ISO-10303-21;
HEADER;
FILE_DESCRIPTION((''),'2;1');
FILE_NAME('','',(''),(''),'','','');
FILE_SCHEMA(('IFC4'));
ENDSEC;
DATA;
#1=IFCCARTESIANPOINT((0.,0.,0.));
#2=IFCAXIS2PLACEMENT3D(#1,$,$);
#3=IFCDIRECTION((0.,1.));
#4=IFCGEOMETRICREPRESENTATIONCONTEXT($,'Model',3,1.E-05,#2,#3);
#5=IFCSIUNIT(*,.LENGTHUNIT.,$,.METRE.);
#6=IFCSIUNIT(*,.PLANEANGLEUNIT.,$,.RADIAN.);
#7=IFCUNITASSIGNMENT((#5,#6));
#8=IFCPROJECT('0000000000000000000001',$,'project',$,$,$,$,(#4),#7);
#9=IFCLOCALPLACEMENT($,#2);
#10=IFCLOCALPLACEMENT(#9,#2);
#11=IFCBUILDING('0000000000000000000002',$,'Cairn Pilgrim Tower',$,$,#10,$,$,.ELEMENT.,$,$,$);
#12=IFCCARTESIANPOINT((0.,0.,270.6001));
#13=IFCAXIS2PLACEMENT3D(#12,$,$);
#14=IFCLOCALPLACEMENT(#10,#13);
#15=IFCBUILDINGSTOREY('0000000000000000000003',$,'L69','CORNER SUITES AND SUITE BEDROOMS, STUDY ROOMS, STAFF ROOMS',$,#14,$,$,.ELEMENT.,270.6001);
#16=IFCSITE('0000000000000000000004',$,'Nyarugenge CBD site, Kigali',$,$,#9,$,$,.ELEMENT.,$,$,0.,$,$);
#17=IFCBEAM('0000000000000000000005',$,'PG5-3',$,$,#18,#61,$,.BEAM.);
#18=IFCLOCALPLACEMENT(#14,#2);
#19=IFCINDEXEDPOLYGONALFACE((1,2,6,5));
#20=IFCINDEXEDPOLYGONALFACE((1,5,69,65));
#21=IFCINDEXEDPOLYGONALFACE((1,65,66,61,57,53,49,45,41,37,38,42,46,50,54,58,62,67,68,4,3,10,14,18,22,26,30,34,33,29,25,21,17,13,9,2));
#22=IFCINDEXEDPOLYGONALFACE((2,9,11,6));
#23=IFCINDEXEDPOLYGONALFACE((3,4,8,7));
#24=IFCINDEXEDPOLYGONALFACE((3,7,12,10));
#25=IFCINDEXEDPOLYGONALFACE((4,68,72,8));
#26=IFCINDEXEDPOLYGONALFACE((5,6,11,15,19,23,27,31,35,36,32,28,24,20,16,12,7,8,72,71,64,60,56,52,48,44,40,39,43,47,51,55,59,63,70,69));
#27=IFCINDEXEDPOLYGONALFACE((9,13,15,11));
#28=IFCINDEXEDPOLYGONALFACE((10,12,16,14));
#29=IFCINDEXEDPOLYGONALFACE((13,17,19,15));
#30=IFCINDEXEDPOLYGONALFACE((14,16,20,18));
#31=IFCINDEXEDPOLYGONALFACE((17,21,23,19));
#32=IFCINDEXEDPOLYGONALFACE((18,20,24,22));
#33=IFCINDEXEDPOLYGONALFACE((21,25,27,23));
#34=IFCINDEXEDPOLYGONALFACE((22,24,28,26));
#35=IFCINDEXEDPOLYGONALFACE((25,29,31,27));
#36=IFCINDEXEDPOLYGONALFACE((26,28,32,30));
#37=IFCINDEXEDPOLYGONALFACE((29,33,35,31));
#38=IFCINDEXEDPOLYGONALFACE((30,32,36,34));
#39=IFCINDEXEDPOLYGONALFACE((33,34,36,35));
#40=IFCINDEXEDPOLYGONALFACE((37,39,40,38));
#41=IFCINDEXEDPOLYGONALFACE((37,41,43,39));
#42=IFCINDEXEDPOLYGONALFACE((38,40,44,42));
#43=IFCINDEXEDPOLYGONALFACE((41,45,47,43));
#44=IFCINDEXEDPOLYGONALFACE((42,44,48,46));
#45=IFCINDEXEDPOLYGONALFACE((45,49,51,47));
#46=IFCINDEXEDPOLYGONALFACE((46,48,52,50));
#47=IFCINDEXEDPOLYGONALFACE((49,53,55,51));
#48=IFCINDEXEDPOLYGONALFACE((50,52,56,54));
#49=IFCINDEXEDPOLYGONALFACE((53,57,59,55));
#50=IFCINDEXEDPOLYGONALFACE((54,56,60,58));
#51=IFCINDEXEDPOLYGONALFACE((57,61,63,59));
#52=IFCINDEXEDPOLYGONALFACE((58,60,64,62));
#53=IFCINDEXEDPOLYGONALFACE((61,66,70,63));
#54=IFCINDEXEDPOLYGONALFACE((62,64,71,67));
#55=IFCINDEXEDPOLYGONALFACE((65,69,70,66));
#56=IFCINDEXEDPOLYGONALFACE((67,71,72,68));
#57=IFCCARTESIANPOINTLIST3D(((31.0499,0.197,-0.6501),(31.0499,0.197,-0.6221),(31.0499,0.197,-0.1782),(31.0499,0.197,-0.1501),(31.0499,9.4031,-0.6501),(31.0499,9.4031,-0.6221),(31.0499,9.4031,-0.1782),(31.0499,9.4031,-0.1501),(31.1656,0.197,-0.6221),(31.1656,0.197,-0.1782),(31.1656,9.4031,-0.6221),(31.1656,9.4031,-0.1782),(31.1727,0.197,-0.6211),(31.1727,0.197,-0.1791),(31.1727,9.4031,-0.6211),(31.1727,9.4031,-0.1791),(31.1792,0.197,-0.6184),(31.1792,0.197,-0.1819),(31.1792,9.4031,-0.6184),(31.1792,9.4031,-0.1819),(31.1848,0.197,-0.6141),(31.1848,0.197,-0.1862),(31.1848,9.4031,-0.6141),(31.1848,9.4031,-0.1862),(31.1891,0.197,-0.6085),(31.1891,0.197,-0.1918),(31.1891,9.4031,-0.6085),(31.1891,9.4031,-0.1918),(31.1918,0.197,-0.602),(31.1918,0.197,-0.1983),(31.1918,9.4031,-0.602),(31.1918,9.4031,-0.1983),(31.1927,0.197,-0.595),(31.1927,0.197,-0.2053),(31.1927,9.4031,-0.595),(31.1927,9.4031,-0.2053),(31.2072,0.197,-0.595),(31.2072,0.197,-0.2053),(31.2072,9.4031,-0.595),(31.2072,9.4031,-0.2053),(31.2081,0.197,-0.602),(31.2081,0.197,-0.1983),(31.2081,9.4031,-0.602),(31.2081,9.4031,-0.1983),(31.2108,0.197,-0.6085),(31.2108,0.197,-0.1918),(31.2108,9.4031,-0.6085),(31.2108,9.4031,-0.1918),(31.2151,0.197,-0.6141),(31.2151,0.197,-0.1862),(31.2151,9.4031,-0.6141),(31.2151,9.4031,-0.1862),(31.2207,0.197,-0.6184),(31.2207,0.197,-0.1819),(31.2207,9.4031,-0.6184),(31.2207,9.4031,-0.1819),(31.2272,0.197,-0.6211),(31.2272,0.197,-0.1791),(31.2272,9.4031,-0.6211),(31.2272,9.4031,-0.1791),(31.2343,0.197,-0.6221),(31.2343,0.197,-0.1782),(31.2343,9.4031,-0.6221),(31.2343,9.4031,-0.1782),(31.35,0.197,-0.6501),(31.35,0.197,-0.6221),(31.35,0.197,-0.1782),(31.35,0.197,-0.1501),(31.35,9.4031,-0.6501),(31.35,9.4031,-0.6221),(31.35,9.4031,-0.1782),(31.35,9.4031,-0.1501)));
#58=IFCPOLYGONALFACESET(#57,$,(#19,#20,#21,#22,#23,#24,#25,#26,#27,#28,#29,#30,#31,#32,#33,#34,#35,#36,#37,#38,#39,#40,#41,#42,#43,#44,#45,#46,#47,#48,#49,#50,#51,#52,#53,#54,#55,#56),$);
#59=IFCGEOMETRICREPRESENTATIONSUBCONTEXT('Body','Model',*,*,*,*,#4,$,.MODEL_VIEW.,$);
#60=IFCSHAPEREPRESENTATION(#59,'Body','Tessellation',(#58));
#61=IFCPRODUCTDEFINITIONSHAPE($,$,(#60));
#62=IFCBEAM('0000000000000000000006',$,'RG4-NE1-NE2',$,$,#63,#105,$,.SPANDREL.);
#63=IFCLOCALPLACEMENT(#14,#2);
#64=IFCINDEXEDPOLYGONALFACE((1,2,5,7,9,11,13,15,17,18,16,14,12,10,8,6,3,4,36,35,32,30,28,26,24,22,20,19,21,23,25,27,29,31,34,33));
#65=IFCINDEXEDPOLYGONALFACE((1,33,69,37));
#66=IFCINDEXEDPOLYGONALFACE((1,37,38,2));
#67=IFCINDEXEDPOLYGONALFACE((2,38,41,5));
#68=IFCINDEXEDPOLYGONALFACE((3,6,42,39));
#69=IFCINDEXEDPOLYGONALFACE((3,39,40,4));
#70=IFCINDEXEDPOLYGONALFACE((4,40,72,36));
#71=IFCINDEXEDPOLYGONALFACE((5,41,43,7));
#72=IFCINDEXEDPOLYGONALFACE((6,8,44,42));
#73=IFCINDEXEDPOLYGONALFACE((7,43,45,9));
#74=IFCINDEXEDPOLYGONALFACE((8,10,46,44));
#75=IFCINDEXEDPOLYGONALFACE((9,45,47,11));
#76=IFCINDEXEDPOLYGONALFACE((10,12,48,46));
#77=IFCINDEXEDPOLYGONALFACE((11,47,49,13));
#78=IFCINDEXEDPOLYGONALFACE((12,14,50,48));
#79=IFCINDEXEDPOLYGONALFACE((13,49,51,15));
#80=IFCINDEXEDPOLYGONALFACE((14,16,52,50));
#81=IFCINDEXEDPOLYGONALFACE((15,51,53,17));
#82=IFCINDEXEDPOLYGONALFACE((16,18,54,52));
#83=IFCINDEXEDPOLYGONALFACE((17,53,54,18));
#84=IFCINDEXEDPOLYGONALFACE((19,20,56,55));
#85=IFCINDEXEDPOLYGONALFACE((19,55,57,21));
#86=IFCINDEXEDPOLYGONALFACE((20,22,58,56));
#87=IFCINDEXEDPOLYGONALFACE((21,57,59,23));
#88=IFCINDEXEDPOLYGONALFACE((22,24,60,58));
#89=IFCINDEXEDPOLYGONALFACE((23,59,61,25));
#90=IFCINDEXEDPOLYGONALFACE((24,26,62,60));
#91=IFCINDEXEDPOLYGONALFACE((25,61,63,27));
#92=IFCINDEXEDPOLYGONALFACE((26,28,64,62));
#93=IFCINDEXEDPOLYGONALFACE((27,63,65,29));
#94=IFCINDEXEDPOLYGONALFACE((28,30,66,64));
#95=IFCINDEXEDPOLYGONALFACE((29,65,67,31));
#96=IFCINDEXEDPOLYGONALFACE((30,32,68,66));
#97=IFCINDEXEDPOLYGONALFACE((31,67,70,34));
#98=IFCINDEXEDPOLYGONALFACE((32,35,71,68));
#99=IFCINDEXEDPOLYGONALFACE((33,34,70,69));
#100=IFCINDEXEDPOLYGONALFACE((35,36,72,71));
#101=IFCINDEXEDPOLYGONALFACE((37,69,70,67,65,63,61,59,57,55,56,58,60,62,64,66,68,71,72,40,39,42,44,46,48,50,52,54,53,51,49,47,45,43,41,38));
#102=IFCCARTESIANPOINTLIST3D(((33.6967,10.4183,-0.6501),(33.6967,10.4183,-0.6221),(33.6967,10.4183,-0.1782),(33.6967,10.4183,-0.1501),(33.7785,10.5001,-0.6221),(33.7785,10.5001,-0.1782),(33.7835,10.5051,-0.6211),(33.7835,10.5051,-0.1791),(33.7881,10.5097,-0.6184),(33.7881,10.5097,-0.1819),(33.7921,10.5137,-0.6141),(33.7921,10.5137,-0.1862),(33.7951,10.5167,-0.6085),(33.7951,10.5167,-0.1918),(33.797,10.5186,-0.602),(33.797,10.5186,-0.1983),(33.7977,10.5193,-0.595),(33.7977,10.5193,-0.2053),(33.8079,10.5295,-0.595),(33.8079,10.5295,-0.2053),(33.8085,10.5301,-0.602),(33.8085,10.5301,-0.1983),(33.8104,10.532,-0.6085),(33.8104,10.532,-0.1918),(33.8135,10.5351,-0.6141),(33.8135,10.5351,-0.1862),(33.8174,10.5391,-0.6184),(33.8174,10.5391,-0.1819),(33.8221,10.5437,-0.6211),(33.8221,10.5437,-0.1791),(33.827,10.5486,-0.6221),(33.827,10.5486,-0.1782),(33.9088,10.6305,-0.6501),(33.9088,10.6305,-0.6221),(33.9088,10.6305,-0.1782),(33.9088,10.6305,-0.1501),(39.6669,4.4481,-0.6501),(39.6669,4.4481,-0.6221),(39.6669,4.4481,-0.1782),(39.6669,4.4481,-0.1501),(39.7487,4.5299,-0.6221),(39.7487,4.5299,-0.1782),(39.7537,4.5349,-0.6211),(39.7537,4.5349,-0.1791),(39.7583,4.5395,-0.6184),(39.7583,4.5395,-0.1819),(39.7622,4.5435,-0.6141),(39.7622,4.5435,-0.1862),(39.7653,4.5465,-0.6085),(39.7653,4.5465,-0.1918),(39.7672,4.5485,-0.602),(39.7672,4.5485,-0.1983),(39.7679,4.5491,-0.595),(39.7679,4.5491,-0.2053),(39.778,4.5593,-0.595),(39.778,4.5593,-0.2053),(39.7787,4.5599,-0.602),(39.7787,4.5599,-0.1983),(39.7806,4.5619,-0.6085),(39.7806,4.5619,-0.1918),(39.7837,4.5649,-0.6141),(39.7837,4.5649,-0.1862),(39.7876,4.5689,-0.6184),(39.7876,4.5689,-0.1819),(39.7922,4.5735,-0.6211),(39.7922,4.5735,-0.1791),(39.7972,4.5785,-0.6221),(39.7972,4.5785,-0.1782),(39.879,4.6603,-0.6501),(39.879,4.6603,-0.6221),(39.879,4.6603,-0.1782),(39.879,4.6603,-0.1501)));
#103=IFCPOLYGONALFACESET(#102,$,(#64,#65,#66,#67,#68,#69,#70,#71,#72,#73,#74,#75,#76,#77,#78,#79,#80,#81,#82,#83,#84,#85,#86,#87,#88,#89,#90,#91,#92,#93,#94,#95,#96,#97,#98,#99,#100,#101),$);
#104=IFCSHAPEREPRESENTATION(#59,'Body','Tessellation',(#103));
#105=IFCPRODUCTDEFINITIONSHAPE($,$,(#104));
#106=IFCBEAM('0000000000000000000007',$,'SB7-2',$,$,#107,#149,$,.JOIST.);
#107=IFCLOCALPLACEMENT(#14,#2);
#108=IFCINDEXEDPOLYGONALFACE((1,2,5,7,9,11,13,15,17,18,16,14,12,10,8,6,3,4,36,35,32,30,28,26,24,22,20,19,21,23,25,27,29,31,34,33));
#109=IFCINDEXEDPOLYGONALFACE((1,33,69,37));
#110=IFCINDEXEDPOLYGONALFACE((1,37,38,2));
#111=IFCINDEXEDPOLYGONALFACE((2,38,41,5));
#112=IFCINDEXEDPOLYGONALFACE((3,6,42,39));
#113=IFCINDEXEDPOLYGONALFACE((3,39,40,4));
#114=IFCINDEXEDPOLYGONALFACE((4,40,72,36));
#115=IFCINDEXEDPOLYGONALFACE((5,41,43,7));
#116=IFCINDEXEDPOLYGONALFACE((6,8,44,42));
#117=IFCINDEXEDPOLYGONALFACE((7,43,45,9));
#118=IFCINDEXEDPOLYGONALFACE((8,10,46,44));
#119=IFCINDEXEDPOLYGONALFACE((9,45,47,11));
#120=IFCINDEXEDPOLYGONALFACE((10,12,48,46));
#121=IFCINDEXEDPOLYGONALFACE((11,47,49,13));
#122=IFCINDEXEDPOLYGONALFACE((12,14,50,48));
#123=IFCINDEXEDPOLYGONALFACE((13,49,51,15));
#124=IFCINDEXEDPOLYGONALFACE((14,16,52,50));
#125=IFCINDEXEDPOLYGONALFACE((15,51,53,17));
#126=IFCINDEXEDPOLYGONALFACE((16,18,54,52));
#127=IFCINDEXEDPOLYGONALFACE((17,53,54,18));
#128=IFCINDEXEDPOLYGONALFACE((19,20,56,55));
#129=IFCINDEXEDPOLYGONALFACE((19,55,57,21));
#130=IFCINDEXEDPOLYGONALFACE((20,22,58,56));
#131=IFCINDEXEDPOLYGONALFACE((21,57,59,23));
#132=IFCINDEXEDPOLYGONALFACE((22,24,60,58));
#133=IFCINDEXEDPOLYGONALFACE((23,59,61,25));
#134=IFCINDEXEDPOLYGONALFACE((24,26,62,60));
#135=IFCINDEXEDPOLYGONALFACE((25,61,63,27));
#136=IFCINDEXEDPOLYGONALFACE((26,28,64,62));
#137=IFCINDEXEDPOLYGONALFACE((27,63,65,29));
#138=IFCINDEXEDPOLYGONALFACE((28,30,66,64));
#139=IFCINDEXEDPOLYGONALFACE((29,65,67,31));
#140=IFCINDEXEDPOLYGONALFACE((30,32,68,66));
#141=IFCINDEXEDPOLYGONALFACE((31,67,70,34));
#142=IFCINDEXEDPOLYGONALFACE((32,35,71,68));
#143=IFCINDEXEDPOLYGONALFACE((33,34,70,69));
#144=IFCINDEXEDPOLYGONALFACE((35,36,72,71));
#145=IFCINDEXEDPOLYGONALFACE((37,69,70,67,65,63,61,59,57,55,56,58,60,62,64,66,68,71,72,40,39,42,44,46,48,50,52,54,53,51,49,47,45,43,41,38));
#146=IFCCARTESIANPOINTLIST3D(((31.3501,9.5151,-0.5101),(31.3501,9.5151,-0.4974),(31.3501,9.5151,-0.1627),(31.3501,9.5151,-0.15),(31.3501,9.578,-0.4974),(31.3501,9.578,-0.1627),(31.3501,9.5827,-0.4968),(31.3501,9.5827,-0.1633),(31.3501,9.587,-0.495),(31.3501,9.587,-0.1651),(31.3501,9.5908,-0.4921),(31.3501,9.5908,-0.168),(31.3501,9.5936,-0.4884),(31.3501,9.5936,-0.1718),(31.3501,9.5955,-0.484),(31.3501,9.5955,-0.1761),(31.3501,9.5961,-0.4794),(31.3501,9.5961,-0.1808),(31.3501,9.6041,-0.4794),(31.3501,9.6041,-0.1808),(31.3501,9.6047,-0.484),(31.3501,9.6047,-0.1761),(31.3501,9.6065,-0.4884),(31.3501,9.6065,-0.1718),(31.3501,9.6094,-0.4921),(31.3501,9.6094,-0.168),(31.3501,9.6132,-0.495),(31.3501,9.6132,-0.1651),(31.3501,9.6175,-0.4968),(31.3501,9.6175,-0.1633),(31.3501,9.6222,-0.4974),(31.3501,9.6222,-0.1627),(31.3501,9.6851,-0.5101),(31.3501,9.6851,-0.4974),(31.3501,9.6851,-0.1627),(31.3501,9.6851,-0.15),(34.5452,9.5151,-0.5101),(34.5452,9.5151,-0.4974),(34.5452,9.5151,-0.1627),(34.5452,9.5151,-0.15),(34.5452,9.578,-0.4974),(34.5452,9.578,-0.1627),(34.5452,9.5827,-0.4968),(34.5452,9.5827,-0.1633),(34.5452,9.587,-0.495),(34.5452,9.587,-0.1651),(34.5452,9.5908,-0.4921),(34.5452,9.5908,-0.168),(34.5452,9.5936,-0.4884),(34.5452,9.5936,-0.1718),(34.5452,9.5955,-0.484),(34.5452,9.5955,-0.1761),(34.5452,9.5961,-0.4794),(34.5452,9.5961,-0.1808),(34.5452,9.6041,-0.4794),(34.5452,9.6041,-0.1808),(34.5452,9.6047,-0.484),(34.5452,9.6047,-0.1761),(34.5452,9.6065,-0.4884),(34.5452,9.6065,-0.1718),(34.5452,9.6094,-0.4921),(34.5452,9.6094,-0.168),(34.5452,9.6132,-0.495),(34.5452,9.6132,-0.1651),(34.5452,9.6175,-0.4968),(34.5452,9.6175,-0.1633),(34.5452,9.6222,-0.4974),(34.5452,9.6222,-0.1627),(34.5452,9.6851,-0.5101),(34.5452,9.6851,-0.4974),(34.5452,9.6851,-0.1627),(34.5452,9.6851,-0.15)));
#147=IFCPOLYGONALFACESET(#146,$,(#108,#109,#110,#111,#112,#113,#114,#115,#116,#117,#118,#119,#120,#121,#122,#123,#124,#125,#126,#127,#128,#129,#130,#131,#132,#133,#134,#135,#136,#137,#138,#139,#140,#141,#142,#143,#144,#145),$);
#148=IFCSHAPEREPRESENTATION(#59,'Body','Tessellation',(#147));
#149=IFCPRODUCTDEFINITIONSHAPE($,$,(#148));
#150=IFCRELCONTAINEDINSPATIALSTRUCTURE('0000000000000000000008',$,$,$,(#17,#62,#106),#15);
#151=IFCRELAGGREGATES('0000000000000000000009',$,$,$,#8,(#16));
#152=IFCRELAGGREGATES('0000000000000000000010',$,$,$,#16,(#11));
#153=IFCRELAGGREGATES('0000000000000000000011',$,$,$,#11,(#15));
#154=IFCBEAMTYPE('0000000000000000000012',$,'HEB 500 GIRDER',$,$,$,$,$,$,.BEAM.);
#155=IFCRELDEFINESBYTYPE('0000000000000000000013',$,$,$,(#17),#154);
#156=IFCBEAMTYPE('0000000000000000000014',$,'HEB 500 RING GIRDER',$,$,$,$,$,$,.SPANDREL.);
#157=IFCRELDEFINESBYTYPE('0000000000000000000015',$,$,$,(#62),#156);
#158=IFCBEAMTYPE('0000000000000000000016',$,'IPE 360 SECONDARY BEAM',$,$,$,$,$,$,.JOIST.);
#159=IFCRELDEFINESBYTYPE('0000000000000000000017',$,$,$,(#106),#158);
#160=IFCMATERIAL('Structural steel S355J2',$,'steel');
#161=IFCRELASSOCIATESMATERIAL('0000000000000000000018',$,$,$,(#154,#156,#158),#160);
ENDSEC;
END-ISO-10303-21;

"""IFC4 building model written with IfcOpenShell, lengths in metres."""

from ifc_helpers import new_model, si_unit, direction, frame, origin, origin_2d, place, context, subcontext, project, spatial, i_section, extrude, material, material_profile, profile_set, type_object, element, save


model = new_model("IFC4")

# Units and contexts
model_context = context("Model", 3, precision=1e-05, world=origin(), true_north=direction((0.0, 1.0)))
body_context = subcontext(model_context, "Body", "Model", "MODEL_VIEW")
ifc_project = project(units=[si_unit("LENGTHUNIT", "METRE"), si_unit("PLANEANGLEUNIT", "RADIAN")], contexts=[model_context])

# Site, building, storey
site_placement = place(None, origin())
site = spatial("IfcSite", under=ifc_project, at=site_placement, Name="Nyarugenge CBD site, Kigali", CompositionType="ELEMENT", RefElevation=0.0)
building_placement = place(site_placement, origin())
building = spatial("IfcBuilding", under=site, at=building_placement, Name="Cairn Pilgrim Tower", CompositionType="ELEMENT")
storey_placement = place(building_placement, frame((0.0, 0.0, 270.6001)))
storey = spatial("IfcBuildingStorey", under=building, at=storey_placement, Name="L69", Description="CORNER SUITES AND SUITE BEDROOMS, STUDY ROOMS, STAFF ROOMS", CompositionType="ELEMENT", Elevation=270.6001)

# Shared definitions
ifc_material_1 = material(Name="Structural steel S355J2", Category="steel")

# Beams
ifc_material_profile_1 = material_profile(ifc_material_1, i_section(OverallWidth=0.3, OverallDepth=0.5, WebThickness=0.0144, FlangeThickness=0.0281, FilletRadius=0.0271, at=origin_2d()), Name="HEB 500")
ifc_profile_set_1 = profile_set([ifc_material_profile_1], Name="Structural steel S355J2")
beam_type_1 = type_object("IfcBeamType", Name="HEB 500 GIRDER", PredefinedType="BEAM", material=ifc_profile_set_1)
beam_1_placement = place(storey_placement, frame((31.2, 0.197, -0.4001), z_axis=(0.0, 1.0, 0.0), x_axis=(-1.0, 0.0, 0.0)))
element("IfcBeam", 1, at=beam_1_placement, inside=storey, type_object=beam_type_1, Name="PG5-3", PredefinedType="BEAM", context=body_context, shape_type="SweptSolid", body=[
    extrude(i_section(OverallWidth=0.3, OverallDepth=0.5, WebThickness=0.0144, FlangeThickness=0.0281, FilletRadius=0.0271, at=origin_2d()), origin(), (0.0, 0.0, 1.0), 9.2061),
])
ifc_material_profile_2 = material_profile(ifc_material_1, i_section(OverallWidth=0.3, OverallDepth=0.5, WebThickness=0.0144, FlangeThickness=0.0281, FilletRadius=0.0271, at=origin_2d()), Name="HEB 500")
ifc_profile_set_2 = profile_set([ifc_material_profile_2], Name="Structural steel S355J2")
beam_type_2 = type_object("IfcBeamType", Name="HEB 500 RING GIRDER", PredefinedType="SPANDREL", material=ifc_profile_set_2)
beam_2_placement = place(storey_placement, frame((39.7729, 4.5542, -0.4001), z_axis=(-0.707107, 0.707107, 0.0), x_axis=(-0.707107, -0.707107, 0.0)))
element("IfcBeam", 2, at=beam_2_placement, inside=storey, type_object=beam_type_2, Name="RG4-NE1-NE2", PredefinedType="SPANDREL", context=body_context, shape_type="SweptSolid", body=[
    extrude(i_section(OverallWidth=0.3, OverallDepth=0.5, WebThickness=0.0144, FlangeThickness=0.0281, FilletRadius=0.0271, at=origin_2d()), origin(), (0.0, 0.0, 1.0), 8.4431),
])
ifc_material_profile_3 = material_profile(ifc_material_1, i_section(OverallWidth=0.1699, OverallDepth=0.3601, WebThickness=0.0081, FlangeThickness=0.0127, FilletRadius=0.0181, at=origin_2d()), Name="IPE 360")
ifc_profile_set_3 = profile_set([ifc_material_profile_3], Name="Structural steel S355J2")
beam_type_3 = type_object("IfcBeamType", Name="IPE 360 SECONDARY BEAM", PredefinedType="JOIST", material=ifc_profile_set_3)
beam_3_placement = place(storey_placement, frame((31.3501, 9.6001, -0.3301), z_axis=(1.0, 0.0, 0.0), x_axis=(0.0, 1.0, 0.0)))
element("IfcBeam", 3, at=beam_3_placement, inside=storey, type_object=beam_type_3, Name="SB7-2", PredefinedType="JOIST", context=body_context, shape_type="SweptSolid", body=[
    extrude(i_section(OverallWidth=0.1699, OverallDepth=0.3601, WebThickness=0.0081, FlangeThickness=0.0127, FilletRadius=0.0181, at=origin_2d()), origin(), (0.0, 0.0, 1.0), 3.1951),
])

save(model, "model.ifc")
